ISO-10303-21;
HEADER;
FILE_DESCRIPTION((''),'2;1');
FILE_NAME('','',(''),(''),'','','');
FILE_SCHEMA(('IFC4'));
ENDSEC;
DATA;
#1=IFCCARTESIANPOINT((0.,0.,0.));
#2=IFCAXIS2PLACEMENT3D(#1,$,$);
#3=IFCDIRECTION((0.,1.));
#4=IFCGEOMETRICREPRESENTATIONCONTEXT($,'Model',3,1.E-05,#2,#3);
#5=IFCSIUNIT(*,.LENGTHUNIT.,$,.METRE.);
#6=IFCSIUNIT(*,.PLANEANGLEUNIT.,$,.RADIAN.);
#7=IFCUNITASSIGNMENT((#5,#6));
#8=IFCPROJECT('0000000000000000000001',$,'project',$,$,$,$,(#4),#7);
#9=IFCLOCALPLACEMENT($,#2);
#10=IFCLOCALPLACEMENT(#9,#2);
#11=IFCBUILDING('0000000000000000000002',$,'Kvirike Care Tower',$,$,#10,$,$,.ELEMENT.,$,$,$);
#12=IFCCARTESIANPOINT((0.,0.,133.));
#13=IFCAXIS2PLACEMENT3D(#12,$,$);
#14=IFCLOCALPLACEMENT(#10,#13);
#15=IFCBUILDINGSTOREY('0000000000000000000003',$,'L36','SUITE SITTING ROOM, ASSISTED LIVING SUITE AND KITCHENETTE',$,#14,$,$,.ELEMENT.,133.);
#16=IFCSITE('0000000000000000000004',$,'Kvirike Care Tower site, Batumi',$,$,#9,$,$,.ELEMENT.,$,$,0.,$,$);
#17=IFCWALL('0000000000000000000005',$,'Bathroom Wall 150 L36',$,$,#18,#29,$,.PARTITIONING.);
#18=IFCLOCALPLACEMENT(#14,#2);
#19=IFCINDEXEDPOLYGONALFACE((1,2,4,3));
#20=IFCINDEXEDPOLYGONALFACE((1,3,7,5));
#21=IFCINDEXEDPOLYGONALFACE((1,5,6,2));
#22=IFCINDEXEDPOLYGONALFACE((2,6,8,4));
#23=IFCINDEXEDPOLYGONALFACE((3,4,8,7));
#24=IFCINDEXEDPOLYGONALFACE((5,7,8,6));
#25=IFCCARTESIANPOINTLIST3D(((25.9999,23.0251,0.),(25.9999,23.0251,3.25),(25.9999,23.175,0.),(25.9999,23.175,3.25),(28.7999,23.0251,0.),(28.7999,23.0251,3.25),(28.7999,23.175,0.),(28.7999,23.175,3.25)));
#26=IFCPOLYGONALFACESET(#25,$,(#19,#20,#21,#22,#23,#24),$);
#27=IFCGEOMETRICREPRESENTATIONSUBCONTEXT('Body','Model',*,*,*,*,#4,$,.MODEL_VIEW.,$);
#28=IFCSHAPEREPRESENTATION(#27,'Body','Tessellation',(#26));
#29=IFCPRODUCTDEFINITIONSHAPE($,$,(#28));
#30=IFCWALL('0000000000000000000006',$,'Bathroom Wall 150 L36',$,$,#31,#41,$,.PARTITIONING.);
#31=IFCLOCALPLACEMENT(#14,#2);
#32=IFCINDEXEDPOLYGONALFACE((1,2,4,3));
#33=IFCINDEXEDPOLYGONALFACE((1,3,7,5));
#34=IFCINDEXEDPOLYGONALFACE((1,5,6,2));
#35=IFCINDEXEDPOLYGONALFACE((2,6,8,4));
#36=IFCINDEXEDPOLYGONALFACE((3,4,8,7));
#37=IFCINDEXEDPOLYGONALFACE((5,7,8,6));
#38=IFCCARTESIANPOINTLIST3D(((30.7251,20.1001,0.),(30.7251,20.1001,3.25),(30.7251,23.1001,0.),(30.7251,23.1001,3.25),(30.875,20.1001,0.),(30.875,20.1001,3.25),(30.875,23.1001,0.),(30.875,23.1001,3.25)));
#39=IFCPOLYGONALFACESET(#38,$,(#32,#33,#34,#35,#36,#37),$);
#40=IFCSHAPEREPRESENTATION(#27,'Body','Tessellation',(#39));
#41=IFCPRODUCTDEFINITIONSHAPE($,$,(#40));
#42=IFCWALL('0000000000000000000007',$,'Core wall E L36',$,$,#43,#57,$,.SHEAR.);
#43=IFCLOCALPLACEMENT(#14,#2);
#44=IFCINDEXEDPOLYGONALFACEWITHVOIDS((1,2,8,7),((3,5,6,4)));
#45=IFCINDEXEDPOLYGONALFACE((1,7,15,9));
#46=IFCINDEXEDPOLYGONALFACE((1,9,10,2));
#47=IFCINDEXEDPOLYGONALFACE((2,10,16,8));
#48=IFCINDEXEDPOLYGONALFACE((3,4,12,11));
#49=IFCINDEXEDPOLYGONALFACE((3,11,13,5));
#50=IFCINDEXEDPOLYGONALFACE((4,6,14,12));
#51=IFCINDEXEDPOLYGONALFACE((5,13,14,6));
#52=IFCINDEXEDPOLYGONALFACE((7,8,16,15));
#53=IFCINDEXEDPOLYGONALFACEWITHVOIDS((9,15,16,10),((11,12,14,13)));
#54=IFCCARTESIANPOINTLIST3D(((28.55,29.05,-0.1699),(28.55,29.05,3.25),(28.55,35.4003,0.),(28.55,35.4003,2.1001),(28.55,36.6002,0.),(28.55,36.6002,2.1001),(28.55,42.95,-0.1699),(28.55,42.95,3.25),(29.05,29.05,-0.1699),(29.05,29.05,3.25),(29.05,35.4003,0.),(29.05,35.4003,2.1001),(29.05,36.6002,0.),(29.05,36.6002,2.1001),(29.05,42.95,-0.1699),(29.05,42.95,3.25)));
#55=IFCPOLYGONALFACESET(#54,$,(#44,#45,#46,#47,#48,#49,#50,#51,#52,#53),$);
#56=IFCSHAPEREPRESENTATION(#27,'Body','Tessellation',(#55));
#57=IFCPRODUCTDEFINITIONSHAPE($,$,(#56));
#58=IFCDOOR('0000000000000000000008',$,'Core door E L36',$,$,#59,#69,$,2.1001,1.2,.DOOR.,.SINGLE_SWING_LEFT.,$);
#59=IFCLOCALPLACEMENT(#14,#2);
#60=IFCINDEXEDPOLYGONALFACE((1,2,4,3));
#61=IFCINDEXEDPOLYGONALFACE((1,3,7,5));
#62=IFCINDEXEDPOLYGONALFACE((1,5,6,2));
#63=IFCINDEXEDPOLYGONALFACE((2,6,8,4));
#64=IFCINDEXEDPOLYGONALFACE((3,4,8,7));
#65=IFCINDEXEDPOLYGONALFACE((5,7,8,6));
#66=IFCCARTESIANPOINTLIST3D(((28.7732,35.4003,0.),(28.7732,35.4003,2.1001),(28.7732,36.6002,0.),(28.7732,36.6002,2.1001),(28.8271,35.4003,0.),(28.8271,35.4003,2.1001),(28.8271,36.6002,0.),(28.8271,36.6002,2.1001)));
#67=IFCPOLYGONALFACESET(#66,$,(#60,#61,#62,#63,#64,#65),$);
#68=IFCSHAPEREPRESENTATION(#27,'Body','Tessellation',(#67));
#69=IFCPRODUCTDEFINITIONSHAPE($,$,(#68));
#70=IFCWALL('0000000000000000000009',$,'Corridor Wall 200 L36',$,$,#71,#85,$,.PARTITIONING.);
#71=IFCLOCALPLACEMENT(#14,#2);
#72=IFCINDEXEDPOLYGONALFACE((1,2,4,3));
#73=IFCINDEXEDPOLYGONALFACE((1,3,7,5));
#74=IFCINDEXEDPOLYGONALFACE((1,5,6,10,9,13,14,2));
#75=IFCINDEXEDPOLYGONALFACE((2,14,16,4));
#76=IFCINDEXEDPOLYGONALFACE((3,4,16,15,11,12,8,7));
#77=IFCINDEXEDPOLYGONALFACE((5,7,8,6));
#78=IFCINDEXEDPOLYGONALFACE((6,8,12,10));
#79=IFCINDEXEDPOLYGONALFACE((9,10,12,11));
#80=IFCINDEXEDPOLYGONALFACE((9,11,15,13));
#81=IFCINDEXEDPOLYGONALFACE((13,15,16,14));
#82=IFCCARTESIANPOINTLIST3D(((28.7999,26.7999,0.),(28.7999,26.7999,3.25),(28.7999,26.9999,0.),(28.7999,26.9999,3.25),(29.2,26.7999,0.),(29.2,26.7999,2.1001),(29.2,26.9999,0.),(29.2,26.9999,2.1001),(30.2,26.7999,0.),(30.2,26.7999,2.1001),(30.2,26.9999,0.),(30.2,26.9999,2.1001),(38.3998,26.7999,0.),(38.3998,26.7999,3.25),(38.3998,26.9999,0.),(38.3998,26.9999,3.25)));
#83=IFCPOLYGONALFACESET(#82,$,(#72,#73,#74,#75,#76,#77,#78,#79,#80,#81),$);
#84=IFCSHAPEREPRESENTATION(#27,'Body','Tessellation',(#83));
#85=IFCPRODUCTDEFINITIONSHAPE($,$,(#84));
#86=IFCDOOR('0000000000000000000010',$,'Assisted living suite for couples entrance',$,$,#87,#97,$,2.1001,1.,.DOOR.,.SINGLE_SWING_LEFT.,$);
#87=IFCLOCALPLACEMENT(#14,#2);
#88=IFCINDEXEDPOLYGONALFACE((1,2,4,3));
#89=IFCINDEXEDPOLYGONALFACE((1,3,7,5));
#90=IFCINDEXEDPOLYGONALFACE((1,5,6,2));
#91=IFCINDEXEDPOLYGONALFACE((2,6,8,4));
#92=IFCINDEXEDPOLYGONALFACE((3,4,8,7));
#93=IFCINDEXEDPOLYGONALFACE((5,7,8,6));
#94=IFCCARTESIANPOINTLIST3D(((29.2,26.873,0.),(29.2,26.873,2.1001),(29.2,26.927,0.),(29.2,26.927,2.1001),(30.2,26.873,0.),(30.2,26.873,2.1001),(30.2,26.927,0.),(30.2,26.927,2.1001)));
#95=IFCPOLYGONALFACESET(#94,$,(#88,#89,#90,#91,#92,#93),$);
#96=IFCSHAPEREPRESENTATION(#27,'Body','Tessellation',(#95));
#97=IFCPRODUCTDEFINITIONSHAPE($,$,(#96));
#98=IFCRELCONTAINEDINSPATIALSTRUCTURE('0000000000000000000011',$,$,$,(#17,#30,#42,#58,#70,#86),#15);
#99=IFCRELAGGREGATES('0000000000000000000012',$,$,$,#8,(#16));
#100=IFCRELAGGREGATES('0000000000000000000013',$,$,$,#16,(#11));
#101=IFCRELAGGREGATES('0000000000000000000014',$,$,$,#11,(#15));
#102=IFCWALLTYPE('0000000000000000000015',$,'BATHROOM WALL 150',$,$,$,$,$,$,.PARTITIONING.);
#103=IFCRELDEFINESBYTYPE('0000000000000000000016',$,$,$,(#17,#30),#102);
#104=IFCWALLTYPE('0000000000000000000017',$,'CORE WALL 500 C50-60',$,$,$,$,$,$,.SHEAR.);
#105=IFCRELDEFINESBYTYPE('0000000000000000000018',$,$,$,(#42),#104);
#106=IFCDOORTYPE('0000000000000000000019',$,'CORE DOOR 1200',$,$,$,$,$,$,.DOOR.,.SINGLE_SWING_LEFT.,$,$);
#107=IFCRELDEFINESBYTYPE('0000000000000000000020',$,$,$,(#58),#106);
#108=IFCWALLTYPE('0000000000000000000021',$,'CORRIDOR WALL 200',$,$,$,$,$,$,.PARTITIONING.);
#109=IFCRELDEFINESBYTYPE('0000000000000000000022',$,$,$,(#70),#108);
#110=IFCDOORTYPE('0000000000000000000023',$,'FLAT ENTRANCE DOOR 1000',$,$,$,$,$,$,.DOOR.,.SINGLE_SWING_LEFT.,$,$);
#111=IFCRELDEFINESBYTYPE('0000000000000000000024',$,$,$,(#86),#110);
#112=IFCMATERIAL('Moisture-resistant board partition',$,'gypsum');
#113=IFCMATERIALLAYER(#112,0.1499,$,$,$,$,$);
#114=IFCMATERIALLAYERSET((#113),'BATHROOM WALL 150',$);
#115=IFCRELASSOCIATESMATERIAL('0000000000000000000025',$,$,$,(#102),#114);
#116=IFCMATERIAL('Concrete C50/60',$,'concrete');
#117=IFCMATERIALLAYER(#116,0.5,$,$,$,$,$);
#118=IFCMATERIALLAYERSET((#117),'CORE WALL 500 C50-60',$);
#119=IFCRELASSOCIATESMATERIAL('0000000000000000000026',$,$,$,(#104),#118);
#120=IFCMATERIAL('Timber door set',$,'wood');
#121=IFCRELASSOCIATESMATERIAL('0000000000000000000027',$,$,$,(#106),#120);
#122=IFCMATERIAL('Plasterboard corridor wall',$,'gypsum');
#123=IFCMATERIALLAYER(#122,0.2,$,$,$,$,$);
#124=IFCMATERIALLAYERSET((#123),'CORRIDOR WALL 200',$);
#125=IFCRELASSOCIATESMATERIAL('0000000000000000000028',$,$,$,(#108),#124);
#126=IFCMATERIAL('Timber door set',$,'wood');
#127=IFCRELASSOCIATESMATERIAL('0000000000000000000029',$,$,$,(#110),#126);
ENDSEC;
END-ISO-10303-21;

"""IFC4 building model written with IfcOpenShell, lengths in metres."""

from ifc_helpers import new_model, si_unit, direction, frame, frame_2d, origin, place, context, subcontext, project, spatial, rectangle, extrude, material, layer, layer_set, type_object, element, fill, save


model = new_model("IFC4")

# Units and contexts
model_context = context("Model", 3, precision=1e-05, world=origin(), true_north=direction((0.0, 1.0)))
body_context = subcontext(model_context, "Body", "Model", "MODEL_VIEW")
ifc_project = project(units=[si_unit("LENGTHUNIT", "METRE"), si_unit("PLANEANGLEUNIT", "RADIAN")], contexts=[model_context])

# Site, building, storey
site_placement = place(None, origin())
site = spatial("IfcSite", under=ifc_project, at=site_placement, Name="Kvirike Care Tower site, Batumi", CompositionType="ELEMENT", RefElevation=0.0)
building_placement = place(site_placement, origin())
building = spatial("IfcBuilding", under=site, at=building_placement, Name="Kvirike Care Tower", CompositionType="ELEMENT")
storey_placement = place(building_placement, frame((0.0, 0.0, 133.0)))
storey = spatial("IfcBuildingStorey", under=building, at=storey_placement, Name="L36", Description="SUITE SITTING ROOM, ASSISTED LIVING SUITE AND KITCHENETTE", CompositionType="ELEMENT", Elevation=133.0)

# Shared definitions
ifc_material_1 = material(Name="Moisture-resistant board partition", Category="gypsum")
ifc_layer_1 = layer(ifc_material_1, 0.1499)
ifc_layer_set_1 = layer_set([ifc_layer_1], Name="BATHROOM WALL 150")
wall_type_1 = type_object("IfcWallType", Name="BATHROOM WALL 150", PredefinedType="PARTITIONING", material=ifc_layer_set_1)

# Walls
wall_1_placement = place(storey_placement, frame((26.0, 23.1001, 0.0), z_axis=(0.0, 0.0, 1.0), x_axis=(1.0, 0.0, 0.0)))
element("IfcWall", 1, at=wall_1_placement, inside=storey, type_object=wall_type_1, Name="Bathroom Wall 150 L36", PredefinedType="PARTITIONING", context=body_context, shape_type="SweptSolid", body=[
    extrude(rectangle(XDim=2.8, YDim=0.1499, at=frame_2d((1.3999, 0.0))), origin(), (0.0, 0.0, 1.0), 3.25),
])
wall_2_placement = place(storey_placement, frame((30.8, 20.1001, 0.0), z_axis=(0.0, 0.0, 1.0), x_axis=(0.0, 1.0, 0.0)))
element("IfcWall", 2, at=wall_2_placement, inside=storey, type_object=wall_type_1, Name="Bathroom Wall 150 L36", PredefinedType="PARTITIONING", context=body_context, shape_type="SweptSolid", body=[
    extrude(rectangle(XDim=3.0, YDim=0.1499, at=frame_2d((1.5, 0.0))), origin(), (0.0, 0.0, 1.0), 3.25),
])

# Walls, openings, doors
ifc_material_2 = material(Name="Concrete C50/60", Category="concrete")
ifc_layer_2 = layer(ifc_material_2, 0.5)
ifc_layer_set_2 = layer_set([ifc_layer_2], Name="CORE WALL 500 C50-60")
wall_type_2 = type_object("IfcWallType", Name="CORE WALL 500 C50-60", PredefinedType="SHEAR", material=ifc_layer_set_2)
wall_3_placement = place(storey_placement, frame((28.8, 29.05, -0.1699), z_axis=(0.0, 0.0, 1.0), x_axis=(0.0, 1.0, 0.0)))
wall_3 = element("IfcWall", 3, at=wall_3_placement, inside=storey, type_object=wall_type_2, Name="Core wall E L36", PredefinedType="SHEAR", context=body_context, shape_type="SweptSolid", body=[
    extrude(rectangle(XDim=13.8999, YDim=0.5, at=frame_2d((6.95, 0.0))), origin(), (0.0, 0.0, 1.0), 3.4199),
])
opening_1_placement = place(wall_3_placement, frame((6.3501, 0.0, 0.1699)))
opening_1 = element("IfcOpeningElement", 4, at=opening_1_placement, cuts=wall_3, PredefinedType="OPENING", context=body_context, shape_type="SweptSolid", body=[
    extrude(rectangle(XDim=1.2, YDim=2.1001, at=frame_2d((0.6001, 1.05))), frame((0.0, 0.2605, 0.0), z_axis=(0.0, -1.0, 0.0), x_axis=(1.0, 0.0, 0.0)), (0.0, 0.0, 1.0), 0.521),
])
ifc_material_3 = material(Name="Timber door set", Category="wood")
door_type_1 = type_object("IfcDoorType", Name="CORE DOOR 1200", OperationType="SINGLE_SWING_LEFT", PredefinedType="DOOR", material=ifc_material_3)
door_1_placement = place(opening_1_placement, origin())
door_1 = element("IfcDoor", 5, at=door_1_placement, inside=storey, type_object=door_type_1, Name="Core door E L36", OperationType="SINGLE_SWING_LEFT", OverallHeight=2.1001, OverallWidth=1.2, PredefinedType="DOOR", context=body_context, shape_type="SweptSolid", body=[
    extrude(rectangle(XDim=1.2, YDim=2.1001, at=frame_2d((0.6001, 1.05))), frame((0.0, 0.0269, 0.0), z_axis=(0.0, -1.0, 0.0), x_axis=(1.0, 0.0, 0.0)), (0.0, 0.0, 1.0), 0.054),
])
fill(opening_1, door_1)
ifc_material_4 = material(Name="Plasterboard corridor wall", Category="gypsum")
ifc_layer_3 = layer(ifc_material_4, 0.2)
ifc_layer_set_3 = layer_set([ifc_layer_3], Name="CORRIDOR WALL 200")
wall_type_3 = type_object("IfcWallType", Name="CORRIDOR WALL 200", PredefinedType="PARTITIONING", material=ifc_layer_set_3)
wall_4_placement = place(storey_placement, frame((28.8, 26.8999, 0.0), z_axis=(0.0, 0.0, 1.0), x_axis=(1.0, 0.0, 0.0)))
wall_4 = element("IfcWall", 6, at=wall_4_placement, inside=storey, type_object=wall_type_3, Name="Corridor Wall 200 L36", PredefinedType="PARTITIONING", context=body_context, shape_type="SweptSolid", body=[
    extrude(rectangle(XDim=9.5999, YDim=0.2, at=frame_2d((4.7998, 0.0))), origin(), (0.0, 0.0, 1.0), 3.25),
])
opening_2_placement = place(wall_4_placement, frame((0.3999, 0.0, 0.0)))
opening_2 = element("IfcOpeningElement", 7, at=opening_2_placement, cuts=wall_4, PredefinedType="OPENING", context=body_context, shape_type="SweptSolid", body=[
    extrude(rectangle(XDim=1.0, YDim=2.1001, at=frame_2d((0.5, 1.05))), frame((0.0, 0.1106, 0.0), z_axis=(0.0, -1.0, 0.0), x_axis=(1.0, 0.0, 0.0)), (0.0, 0.0, 1.0), 0.2209),
])
ifc_material_5 = material(Name="Timber door set", Category="wood")
door_type_2 = type_object("IfcDoorType", Name="FLAT ENTRANCE DOOR 1000", OperationType="SINGLE_SWING_LEFT", PredefinedType="DOOR", material=ifc_material_5)
door_2_placement = place(opening_2_placement, frame((1.0, 0.0, 0.0), z_axis=(0.0, 0.0, 1.0), x_axis=(-1.0, 0.0, 0.0)))
door_2 = element("IfcDoor", 8, at=door_2_placement, inside=storey, type_object=door_type_2, Name="Assisted living suite for couples entrance", OperationType="SINGLE_SWING_LEFT", OverallHeight=2.1001, OverallWidth=1.0, PredefinedType="DOOR", context=body_context, shape_type="SweptSolid", body=[
    extrude(rectangle(XDim=1.0, YDim=2.1001, at=frame_2d((0.5, 1.05))), frame((0.0, 0.0269, 0.0), z_axis=(0.0, -1.0, 0.0), x_axis=(1.0, 0.0, 0.0)), (0.0, 0.0, 1.0), 0.054),
])
fill(opening_2, door_2)

save(model, "model.ifc")
